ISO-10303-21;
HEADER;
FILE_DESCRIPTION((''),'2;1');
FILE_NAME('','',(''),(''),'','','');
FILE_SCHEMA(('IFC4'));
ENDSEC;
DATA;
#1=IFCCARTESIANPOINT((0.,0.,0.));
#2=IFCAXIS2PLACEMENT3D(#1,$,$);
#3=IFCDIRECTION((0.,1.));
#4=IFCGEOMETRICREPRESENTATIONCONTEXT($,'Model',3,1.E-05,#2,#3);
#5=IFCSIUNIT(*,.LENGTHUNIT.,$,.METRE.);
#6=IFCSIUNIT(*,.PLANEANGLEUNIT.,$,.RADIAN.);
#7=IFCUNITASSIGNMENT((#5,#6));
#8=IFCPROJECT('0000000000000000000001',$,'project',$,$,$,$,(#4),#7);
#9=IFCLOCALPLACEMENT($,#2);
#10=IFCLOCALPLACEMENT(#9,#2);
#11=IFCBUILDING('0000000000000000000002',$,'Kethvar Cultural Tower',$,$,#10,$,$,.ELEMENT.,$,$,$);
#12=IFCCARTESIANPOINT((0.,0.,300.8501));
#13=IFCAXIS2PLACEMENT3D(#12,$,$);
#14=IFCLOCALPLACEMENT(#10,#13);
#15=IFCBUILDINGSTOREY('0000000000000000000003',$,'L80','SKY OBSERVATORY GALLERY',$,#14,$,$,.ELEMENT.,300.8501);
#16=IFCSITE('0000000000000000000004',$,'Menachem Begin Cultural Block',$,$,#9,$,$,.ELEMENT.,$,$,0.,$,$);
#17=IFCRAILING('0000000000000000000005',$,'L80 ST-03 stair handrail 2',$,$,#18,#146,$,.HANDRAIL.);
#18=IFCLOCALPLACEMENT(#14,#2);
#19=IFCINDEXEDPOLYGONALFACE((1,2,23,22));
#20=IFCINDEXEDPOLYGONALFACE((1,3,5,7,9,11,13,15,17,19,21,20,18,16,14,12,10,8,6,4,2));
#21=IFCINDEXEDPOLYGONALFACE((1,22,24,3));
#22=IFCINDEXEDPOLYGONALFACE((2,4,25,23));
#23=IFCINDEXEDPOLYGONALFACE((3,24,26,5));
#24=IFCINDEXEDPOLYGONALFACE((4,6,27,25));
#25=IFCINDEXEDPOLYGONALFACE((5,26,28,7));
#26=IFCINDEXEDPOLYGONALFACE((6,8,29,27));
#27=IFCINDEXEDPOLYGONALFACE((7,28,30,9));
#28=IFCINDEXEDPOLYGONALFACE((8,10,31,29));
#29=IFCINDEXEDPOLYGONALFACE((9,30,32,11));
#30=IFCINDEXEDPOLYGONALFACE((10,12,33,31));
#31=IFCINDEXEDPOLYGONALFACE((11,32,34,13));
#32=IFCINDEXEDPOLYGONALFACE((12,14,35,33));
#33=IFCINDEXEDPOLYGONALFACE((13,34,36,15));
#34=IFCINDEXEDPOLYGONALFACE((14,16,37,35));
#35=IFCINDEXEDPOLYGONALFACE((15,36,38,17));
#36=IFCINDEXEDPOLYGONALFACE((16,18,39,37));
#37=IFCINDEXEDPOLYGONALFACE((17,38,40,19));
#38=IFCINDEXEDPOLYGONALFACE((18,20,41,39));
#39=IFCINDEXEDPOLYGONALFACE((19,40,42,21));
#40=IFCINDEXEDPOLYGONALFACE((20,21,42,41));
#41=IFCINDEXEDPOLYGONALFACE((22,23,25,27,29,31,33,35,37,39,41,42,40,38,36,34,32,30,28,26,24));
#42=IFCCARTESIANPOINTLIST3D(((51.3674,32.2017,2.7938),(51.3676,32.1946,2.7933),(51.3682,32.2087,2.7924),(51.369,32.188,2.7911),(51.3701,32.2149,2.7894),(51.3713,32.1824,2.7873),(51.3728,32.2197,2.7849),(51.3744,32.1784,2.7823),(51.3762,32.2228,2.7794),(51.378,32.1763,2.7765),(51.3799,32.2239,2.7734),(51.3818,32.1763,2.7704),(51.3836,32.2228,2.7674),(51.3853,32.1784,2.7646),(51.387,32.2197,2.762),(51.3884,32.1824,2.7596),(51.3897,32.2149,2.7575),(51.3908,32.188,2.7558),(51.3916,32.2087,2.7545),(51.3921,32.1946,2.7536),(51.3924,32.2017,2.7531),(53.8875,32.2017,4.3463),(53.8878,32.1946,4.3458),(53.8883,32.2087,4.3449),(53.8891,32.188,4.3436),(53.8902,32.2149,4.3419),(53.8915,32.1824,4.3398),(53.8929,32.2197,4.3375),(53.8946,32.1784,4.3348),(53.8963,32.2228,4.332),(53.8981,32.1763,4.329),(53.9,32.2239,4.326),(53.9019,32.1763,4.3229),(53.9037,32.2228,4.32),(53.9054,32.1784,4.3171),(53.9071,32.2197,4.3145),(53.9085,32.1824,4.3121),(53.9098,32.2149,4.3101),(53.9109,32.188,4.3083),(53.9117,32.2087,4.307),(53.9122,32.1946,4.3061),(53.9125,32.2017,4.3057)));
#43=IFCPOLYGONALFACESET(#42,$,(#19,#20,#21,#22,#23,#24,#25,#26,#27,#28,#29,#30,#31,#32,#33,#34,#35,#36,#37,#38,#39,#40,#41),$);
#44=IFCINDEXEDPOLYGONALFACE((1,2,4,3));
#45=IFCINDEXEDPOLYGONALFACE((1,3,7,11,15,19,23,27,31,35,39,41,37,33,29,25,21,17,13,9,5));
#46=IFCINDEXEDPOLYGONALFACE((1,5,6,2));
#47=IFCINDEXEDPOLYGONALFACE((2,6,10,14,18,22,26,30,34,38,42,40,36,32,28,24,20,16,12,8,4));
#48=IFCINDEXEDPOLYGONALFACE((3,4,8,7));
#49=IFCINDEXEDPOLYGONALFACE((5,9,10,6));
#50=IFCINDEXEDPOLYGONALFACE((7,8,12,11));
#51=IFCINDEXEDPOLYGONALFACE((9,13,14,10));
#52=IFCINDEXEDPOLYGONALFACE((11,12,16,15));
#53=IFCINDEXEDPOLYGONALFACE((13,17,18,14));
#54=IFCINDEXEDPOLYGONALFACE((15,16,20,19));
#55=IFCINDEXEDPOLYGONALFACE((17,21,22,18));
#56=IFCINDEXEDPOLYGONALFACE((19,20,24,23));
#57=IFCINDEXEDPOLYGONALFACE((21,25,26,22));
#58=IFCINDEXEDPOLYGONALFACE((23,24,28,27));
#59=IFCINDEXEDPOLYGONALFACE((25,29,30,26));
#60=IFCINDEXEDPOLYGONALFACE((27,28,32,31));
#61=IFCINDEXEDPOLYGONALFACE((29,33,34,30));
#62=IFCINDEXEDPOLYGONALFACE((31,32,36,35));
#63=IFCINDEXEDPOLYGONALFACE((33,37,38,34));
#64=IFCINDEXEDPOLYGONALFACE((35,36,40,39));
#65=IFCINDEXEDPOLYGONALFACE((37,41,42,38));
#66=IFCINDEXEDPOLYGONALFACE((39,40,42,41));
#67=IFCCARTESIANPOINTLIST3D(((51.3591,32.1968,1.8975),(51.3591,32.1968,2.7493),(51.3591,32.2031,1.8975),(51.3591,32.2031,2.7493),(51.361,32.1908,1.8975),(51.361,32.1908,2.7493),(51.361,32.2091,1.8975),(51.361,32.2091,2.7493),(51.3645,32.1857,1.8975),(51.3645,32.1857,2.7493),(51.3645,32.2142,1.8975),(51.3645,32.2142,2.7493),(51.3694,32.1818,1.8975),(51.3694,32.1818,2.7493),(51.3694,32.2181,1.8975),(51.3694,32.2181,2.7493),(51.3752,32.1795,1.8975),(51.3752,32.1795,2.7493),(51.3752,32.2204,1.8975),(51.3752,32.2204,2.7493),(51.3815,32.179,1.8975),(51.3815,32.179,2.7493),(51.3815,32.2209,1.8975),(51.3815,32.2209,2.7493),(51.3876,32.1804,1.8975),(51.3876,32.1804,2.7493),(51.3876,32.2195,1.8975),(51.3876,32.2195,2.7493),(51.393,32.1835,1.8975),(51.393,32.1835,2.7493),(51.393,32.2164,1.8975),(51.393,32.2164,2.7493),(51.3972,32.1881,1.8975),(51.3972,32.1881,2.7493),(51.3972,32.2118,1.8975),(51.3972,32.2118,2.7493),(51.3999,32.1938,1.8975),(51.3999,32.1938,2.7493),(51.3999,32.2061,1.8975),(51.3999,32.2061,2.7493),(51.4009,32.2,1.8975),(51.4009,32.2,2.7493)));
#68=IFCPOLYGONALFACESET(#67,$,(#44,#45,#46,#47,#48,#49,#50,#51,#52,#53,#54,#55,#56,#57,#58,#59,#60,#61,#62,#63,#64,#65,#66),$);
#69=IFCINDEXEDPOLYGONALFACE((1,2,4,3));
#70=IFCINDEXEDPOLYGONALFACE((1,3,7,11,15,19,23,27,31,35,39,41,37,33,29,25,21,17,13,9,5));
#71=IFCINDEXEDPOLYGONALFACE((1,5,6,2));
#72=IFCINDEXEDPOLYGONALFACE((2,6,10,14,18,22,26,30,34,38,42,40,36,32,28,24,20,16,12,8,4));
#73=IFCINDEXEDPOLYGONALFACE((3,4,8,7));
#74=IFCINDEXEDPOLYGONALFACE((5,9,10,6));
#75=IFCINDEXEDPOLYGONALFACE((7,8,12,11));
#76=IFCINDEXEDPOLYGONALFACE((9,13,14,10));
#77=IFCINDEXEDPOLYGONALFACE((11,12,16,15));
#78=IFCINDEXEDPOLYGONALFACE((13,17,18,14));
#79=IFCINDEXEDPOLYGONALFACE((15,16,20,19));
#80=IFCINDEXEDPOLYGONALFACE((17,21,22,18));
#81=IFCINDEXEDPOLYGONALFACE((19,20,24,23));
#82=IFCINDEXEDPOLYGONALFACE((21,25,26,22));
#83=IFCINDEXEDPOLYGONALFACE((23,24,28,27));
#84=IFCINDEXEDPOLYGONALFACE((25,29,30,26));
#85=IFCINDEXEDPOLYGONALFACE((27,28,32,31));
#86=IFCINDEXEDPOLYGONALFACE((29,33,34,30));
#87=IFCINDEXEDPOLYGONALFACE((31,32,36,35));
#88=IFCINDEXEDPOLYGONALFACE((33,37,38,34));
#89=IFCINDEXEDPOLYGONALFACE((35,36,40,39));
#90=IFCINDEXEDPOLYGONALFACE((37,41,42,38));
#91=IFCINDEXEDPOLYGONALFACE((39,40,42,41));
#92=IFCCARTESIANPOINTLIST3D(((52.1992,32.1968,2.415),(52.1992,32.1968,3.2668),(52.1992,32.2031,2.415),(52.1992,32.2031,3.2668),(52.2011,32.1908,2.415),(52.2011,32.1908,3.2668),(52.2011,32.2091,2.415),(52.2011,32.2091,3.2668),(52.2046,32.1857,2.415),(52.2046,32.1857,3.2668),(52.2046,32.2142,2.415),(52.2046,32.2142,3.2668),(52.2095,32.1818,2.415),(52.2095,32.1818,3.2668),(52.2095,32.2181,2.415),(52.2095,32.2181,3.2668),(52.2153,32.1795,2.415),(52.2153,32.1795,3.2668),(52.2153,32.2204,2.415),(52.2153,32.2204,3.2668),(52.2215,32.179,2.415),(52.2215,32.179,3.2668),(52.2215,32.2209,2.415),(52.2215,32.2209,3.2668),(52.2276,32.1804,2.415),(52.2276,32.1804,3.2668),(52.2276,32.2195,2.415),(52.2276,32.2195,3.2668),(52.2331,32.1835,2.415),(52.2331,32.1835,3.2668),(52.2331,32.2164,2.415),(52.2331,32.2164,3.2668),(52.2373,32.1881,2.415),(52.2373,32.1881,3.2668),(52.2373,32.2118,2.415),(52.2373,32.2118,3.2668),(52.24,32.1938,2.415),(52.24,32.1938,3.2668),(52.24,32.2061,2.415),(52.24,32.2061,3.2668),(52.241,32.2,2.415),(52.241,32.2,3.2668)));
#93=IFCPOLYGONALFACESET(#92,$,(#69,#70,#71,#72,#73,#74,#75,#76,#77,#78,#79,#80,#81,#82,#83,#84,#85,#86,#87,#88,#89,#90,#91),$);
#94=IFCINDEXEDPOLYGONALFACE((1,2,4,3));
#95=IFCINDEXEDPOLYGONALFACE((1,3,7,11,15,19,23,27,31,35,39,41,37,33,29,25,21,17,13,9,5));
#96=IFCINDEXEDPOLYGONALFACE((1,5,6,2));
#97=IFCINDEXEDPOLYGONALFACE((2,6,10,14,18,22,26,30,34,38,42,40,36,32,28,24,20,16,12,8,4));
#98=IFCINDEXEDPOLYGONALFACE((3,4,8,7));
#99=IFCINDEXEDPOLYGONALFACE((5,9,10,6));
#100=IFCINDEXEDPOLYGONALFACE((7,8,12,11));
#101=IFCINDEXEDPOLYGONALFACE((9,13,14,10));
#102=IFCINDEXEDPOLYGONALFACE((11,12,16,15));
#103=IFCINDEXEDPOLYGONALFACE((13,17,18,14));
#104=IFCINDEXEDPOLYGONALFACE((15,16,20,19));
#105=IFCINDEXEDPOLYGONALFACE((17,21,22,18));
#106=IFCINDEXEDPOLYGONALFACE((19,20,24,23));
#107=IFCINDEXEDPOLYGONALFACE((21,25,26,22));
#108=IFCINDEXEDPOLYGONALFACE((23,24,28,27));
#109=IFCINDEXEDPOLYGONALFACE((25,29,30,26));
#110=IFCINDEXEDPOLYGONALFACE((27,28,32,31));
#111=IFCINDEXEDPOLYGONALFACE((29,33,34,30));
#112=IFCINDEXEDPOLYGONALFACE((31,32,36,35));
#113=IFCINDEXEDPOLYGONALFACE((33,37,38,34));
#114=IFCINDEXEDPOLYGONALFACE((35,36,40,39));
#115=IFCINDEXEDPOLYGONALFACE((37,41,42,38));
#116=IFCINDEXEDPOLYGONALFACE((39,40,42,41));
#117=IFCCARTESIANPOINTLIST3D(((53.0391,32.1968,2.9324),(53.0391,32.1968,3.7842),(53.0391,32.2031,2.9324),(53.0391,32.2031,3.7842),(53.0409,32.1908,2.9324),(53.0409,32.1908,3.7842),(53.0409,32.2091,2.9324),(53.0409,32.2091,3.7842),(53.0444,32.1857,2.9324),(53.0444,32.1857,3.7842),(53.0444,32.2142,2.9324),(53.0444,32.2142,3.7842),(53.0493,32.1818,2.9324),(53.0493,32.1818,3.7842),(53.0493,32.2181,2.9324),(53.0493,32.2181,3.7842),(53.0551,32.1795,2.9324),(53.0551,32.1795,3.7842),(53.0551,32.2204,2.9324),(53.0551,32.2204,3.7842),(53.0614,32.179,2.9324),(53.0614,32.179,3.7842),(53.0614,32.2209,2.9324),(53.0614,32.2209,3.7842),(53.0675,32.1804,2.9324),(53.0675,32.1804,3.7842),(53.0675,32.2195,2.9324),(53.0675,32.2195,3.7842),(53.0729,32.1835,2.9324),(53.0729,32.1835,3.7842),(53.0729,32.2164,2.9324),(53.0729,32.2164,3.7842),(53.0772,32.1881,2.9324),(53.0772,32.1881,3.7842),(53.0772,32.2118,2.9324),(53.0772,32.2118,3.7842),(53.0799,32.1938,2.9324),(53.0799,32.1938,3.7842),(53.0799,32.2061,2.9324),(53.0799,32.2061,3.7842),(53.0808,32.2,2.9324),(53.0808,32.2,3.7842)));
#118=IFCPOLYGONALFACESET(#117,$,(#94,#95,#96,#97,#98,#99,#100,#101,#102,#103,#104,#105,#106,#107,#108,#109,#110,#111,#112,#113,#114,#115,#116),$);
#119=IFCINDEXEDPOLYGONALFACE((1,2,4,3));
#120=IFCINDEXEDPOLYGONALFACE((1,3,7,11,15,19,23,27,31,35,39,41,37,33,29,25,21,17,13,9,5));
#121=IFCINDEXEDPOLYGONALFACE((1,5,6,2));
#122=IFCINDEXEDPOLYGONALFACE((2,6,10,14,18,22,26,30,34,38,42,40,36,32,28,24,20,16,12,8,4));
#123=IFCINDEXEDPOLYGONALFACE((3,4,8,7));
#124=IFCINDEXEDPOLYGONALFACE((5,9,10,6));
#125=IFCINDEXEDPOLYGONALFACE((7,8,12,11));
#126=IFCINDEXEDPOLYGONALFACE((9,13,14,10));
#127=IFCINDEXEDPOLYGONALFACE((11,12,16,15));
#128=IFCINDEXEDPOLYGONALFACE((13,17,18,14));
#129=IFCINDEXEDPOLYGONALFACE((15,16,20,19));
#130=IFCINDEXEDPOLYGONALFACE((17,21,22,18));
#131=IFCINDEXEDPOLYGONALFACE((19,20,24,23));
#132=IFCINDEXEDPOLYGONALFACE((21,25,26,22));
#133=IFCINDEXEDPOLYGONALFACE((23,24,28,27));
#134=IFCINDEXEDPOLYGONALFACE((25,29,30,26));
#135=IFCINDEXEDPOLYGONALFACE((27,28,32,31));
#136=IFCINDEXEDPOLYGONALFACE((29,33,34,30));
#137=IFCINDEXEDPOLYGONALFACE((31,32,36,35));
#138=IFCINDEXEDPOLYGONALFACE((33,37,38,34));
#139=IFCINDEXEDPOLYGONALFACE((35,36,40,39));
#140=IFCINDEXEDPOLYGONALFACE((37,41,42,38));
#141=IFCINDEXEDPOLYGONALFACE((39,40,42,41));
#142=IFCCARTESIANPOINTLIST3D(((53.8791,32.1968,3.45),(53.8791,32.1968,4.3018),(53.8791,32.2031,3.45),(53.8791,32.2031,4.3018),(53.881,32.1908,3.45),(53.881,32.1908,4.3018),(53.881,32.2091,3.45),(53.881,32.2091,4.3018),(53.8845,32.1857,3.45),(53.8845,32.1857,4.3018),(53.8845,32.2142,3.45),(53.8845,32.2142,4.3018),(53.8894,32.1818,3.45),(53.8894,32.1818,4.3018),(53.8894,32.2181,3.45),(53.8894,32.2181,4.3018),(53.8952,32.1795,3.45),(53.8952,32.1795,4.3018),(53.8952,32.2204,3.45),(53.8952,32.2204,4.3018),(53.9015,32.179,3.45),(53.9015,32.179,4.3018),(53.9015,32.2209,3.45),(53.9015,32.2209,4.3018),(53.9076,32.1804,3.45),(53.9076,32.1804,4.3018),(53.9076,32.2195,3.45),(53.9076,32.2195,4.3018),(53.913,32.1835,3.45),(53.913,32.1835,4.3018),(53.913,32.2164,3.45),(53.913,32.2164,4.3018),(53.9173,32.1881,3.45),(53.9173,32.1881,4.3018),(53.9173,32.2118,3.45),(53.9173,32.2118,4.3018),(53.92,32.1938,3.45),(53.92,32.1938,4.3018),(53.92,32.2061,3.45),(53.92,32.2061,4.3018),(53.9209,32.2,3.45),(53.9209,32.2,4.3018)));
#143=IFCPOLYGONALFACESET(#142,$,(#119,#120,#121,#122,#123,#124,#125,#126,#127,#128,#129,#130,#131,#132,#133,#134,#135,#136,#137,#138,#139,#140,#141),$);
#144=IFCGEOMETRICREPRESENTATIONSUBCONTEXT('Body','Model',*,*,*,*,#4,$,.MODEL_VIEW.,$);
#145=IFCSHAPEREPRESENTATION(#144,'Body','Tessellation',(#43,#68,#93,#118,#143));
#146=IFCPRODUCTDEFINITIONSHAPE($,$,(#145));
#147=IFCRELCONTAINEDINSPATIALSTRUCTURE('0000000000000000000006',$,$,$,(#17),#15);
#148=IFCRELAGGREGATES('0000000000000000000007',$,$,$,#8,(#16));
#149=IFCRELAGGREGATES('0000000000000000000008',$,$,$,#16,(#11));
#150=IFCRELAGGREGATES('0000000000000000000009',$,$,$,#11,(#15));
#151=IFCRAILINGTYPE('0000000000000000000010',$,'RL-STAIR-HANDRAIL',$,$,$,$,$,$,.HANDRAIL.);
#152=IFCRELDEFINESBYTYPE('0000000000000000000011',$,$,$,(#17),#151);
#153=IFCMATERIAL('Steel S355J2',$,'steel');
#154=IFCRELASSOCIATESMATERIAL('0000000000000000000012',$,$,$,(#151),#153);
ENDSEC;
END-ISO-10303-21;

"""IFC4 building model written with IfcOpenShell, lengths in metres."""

from ifc_helpers import new_model, si_unit, direction, frame, origin, origin_2d, place, context, subcontext, project, spatial, circle, extrude, material, type_object, element, save


model = new_model("IFC4")

# Units and contexts
model_context = context("Model", 3, precision=1e-05, world=origin(), true_north=direction((0.0, 1.0)))
body_context = subcontext(model_context, "Body", "Model", "MODEL_VIEW")
ifc_project = project(units=[si_unit("LENGTHUNIT", "METRE"), si_unit("PLANEANGLEUNIT", "RADIAN")], contexts=[model_context])

# Site, building, storey
site_placement = place(None, origin())
site = spatial("IfcSite", under=ifc_project, at=site_placement, Name="Menachem Begin Cultural Block", CompositionType="ELEMENT", RefElevation=0.0)
building_placement = place(site_placement, origin())
building = spatial("IfcBuilding", under=site, at=building_placement, Name="Kethvar Cultural Tower", CompositionType="ELEMENT")
storey_placement = place(building_placement, frame((0.0, 0.0, 300.8501)))
storey = spatial("IfcBuildingStorey", under=building, at=storey_placement, Name="L80", Description="SKY OBSERVATORY GALLERY", CompositionType="ELEMENT", Elevation=300.8501)

# Shared definitions
ifc_material_1 = material(Name="Steel S355J2", Category="steel")

# Railing
railing_type_1 = type_object("IfcRailingType", Name="RL-STAIR-HANDRAIL", PredefinedType="HANDRAIL", material=ifc_material_1)
railing_1_placement = place(storey_placement, frame((51.3799, 32.2, 1.8975)))
element("IfcRailing", 1, at=railing_1_placement, inside=storey, type_object=railing_type_1, Name="L80 ST-03 stair handrail 2", PredefinedType="HANDRAIL", context=body_context, shape_type="SweptSolid", body=[
    extrude(circle(Radius=0.0239, at=origin_2d()), frame((0.0, 0.0, 0.876), z_axis=(0.8514, 0.0, 0.524516), x_axis=(0.0, 1.0, 0.0)), (0.0, 0.0, 1.0), 2.96),
    extrude(circle(Radius=0.021, at=origin_2d()), origin(), (0.0, 0.0, 1.0), 0.8518),
    extrude(circle(Radius=0.021, at=origin_2d()), frame((0.8401, 0.0, 0.5176)), (0.0, 0.0, 1.0), 0.8518),
    extrude(circle(Radius=0.021, at=origin_2d()), frame((1.6799, 0.0, 1.0349)), (0.0, 0.0, 1.0), 0.8518),
    extrude(circle(Radius=0.021, at=origin_2d()), frame((2.52, 0.0, 1.5525)), (0.0, 0.0, 1.0), 0.8518),
])

save(model, "model.ifc")
